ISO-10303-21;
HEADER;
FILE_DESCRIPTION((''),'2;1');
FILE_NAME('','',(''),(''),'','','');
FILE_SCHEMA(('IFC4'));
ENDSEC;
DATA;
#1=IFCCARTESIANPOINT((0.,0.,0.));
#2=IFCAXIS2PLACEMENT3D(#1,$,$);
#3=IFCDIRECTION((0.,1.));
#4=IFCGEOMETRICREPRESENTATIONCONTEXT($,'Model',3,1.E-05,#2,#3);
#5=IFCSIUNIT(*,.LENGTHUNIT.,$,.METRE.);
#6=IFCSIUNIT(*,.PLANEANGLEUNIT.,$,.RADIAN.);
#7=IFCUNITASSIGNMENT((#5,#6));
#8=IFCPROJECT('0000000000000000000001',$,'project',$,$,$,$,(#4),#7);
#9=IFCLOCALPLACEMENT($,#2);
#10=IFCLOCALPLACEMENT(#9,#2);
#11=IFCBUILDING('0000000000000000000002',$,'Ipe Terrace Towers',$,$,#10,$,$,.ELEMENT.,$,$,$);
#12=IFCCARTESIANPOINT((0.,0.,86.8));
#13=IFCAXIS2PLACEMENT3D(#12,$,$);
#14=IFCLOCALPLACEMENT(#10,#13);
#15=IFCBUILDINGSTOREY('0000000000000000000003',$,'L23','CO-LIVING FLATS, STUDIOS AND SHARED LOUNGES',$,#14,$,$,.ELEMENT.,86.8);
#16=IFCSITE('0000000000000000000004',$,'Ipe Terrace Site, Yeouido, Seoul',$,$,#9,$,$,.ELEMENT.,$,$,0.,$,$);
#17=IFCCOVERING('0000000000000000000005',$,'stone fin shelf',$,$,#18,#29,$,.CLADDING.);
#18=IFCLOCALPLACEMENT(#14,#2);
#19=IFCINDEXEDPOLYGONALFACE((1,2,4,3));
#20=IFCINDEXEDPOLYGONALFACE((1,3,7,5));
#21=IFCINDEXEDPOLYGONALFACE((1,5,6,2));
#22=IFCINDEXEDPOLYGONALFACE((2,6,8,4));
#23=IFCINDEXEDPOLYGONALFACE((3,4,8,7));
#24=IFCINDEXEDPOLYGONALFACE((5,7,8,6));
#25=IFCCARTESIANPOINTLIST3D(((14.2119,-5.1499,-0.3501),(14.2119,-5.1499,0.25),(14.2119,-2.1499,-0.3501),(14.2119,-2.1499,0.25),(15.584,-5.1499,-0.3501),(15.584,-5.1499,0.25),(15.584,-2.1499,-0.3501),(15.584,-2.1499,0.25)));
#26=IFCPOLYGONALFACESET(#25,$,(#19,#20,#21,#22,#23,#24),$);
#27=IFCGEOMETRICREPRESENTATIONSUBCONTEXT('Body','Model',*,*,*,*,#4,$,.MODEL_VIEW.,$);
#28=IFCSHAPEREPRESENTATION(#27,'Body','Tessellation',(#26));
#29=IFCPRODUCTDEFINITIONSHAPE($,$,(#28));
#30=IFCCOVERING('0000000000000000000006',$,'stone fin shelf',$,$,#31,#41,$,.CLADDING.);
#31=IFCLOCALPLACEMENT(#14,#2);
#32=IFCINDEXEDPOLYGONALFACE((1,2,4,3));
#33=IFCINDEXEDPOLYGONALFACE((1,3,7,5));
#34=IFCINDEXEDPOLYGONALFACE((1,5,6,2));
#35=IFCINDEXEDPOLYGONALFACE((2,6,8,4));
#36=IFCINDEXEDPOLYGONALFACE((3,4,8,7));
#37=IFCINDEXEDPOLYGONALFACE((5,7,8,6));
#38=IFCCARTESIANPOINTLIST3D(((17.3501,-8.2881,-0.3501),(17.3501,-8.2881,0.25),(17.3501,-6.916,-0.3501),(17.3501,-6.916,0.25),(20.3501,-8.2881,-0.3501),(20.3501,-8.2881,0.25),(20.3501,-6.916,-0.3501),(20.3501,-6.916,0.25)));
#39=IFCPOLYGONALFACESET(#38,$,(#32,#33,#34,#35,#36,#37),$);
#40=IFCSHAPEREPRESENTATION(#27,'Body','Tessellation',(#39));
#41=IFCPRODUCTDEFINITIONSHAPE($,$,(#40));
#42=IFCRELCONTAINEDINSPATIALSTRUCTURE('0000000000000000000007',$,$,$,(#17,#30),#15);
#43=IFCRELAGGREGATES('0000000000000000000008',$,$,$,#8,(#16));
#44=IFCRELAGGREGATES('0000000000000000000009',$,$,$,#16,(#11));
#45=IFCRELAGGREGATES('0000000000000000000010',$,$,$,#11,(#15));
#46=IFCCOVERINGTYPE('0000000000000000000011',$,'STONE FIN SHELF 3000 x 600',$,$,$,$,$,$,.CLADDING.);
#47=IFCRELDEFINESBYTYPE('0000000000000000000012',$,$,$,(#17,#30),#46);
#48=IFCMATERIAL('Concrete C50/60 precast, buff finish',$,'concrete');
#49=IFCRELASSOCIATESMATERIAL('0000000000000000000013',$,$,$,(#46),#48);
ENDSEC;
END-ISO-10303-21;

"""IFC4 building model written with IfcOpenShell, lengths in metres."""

from ifc_helpers import new_model, si_unit, direction, frame, origin, origin_2d, place, context, subcontext, project, spatial, rectangle, extrude, material, type_object, element, save


model = new_model("IFC4")

# Units and contexts
model_context = context("Model", 3, precision=1e-05, world=origin(), true_north=direction((0.0, 1.0)))
body_context = subcontext(model_context, "Body", "Model", "MODEL_VIEW")
ifc_project = project(units=[si_unit("LENGTHUNIT", "METRE"), si_unit("PLANEANGLEUNIT", "RADIAN")], contexts=[model_context])

# Site, building, storey
site_placement = place(None, origin())
site = spatial("IfcSite", under=ifc_project, at=site_placement, Name="Ipe Terrace Site, Yeouido, Seoul", CompositionType="ELEMENT", RefElevation=0.0)
building_placement = place(site_placement, origin())
building = spatial("IfcBuilding", under=site, at=building_placement, Name="Ipe Terrace Towers", CompositionType="ELEMENT")
storey_placement = place(building_placement, frame((0.0, 0.0, 86.8)))
storey = spatial("IfcBuildingStorey", under=building, at=storey_placement, Name="L23", Description="CO-LIVING FLATS, STUDIOS AND SHARED LOUNGES", CompositionType="ELEMENT", Elevation=86.8)

# Coverings
ifc_material_1 = material(Name="Concrete C50/60 precast, buff finish", Category="concrete")
covering_type_1 = type_object("IfcCoveringType", Name="STONE FIN SHELF 3000 x 600", PredefinedType="CLADDING", material=ifc_material_1)
for number, where, z_axis, x_axis, name in (
    (1, (14.8979, -3.6499, -0.3501), (0.0, 0.0, 1.0), (0.0, -1.0, 0.0), "stone fin shelf"),
    (2, (18.8501, -7.6021, -0.3501), (0.0, 0.0, 1.0), (1.0, 0.0, 0.0), "stone fin shelf"),
):
    element("IfcCovering", number, at=place(storey_placement, frame(where, z_axis=z_axis, x_axis=x_axis)), inside=storey, type_object=covering_type_1, Name=name, PredefinedType="CLADDING", context=body_context, shape_type="SweptSolid", body=[
        extrude(rectangle(XDim=3.0, YDim=1.3721, at=origin_2d()), origin(), (0.0, 0.0, 1.0), 0.6001),
    ])

save(model, "model.ifc")
